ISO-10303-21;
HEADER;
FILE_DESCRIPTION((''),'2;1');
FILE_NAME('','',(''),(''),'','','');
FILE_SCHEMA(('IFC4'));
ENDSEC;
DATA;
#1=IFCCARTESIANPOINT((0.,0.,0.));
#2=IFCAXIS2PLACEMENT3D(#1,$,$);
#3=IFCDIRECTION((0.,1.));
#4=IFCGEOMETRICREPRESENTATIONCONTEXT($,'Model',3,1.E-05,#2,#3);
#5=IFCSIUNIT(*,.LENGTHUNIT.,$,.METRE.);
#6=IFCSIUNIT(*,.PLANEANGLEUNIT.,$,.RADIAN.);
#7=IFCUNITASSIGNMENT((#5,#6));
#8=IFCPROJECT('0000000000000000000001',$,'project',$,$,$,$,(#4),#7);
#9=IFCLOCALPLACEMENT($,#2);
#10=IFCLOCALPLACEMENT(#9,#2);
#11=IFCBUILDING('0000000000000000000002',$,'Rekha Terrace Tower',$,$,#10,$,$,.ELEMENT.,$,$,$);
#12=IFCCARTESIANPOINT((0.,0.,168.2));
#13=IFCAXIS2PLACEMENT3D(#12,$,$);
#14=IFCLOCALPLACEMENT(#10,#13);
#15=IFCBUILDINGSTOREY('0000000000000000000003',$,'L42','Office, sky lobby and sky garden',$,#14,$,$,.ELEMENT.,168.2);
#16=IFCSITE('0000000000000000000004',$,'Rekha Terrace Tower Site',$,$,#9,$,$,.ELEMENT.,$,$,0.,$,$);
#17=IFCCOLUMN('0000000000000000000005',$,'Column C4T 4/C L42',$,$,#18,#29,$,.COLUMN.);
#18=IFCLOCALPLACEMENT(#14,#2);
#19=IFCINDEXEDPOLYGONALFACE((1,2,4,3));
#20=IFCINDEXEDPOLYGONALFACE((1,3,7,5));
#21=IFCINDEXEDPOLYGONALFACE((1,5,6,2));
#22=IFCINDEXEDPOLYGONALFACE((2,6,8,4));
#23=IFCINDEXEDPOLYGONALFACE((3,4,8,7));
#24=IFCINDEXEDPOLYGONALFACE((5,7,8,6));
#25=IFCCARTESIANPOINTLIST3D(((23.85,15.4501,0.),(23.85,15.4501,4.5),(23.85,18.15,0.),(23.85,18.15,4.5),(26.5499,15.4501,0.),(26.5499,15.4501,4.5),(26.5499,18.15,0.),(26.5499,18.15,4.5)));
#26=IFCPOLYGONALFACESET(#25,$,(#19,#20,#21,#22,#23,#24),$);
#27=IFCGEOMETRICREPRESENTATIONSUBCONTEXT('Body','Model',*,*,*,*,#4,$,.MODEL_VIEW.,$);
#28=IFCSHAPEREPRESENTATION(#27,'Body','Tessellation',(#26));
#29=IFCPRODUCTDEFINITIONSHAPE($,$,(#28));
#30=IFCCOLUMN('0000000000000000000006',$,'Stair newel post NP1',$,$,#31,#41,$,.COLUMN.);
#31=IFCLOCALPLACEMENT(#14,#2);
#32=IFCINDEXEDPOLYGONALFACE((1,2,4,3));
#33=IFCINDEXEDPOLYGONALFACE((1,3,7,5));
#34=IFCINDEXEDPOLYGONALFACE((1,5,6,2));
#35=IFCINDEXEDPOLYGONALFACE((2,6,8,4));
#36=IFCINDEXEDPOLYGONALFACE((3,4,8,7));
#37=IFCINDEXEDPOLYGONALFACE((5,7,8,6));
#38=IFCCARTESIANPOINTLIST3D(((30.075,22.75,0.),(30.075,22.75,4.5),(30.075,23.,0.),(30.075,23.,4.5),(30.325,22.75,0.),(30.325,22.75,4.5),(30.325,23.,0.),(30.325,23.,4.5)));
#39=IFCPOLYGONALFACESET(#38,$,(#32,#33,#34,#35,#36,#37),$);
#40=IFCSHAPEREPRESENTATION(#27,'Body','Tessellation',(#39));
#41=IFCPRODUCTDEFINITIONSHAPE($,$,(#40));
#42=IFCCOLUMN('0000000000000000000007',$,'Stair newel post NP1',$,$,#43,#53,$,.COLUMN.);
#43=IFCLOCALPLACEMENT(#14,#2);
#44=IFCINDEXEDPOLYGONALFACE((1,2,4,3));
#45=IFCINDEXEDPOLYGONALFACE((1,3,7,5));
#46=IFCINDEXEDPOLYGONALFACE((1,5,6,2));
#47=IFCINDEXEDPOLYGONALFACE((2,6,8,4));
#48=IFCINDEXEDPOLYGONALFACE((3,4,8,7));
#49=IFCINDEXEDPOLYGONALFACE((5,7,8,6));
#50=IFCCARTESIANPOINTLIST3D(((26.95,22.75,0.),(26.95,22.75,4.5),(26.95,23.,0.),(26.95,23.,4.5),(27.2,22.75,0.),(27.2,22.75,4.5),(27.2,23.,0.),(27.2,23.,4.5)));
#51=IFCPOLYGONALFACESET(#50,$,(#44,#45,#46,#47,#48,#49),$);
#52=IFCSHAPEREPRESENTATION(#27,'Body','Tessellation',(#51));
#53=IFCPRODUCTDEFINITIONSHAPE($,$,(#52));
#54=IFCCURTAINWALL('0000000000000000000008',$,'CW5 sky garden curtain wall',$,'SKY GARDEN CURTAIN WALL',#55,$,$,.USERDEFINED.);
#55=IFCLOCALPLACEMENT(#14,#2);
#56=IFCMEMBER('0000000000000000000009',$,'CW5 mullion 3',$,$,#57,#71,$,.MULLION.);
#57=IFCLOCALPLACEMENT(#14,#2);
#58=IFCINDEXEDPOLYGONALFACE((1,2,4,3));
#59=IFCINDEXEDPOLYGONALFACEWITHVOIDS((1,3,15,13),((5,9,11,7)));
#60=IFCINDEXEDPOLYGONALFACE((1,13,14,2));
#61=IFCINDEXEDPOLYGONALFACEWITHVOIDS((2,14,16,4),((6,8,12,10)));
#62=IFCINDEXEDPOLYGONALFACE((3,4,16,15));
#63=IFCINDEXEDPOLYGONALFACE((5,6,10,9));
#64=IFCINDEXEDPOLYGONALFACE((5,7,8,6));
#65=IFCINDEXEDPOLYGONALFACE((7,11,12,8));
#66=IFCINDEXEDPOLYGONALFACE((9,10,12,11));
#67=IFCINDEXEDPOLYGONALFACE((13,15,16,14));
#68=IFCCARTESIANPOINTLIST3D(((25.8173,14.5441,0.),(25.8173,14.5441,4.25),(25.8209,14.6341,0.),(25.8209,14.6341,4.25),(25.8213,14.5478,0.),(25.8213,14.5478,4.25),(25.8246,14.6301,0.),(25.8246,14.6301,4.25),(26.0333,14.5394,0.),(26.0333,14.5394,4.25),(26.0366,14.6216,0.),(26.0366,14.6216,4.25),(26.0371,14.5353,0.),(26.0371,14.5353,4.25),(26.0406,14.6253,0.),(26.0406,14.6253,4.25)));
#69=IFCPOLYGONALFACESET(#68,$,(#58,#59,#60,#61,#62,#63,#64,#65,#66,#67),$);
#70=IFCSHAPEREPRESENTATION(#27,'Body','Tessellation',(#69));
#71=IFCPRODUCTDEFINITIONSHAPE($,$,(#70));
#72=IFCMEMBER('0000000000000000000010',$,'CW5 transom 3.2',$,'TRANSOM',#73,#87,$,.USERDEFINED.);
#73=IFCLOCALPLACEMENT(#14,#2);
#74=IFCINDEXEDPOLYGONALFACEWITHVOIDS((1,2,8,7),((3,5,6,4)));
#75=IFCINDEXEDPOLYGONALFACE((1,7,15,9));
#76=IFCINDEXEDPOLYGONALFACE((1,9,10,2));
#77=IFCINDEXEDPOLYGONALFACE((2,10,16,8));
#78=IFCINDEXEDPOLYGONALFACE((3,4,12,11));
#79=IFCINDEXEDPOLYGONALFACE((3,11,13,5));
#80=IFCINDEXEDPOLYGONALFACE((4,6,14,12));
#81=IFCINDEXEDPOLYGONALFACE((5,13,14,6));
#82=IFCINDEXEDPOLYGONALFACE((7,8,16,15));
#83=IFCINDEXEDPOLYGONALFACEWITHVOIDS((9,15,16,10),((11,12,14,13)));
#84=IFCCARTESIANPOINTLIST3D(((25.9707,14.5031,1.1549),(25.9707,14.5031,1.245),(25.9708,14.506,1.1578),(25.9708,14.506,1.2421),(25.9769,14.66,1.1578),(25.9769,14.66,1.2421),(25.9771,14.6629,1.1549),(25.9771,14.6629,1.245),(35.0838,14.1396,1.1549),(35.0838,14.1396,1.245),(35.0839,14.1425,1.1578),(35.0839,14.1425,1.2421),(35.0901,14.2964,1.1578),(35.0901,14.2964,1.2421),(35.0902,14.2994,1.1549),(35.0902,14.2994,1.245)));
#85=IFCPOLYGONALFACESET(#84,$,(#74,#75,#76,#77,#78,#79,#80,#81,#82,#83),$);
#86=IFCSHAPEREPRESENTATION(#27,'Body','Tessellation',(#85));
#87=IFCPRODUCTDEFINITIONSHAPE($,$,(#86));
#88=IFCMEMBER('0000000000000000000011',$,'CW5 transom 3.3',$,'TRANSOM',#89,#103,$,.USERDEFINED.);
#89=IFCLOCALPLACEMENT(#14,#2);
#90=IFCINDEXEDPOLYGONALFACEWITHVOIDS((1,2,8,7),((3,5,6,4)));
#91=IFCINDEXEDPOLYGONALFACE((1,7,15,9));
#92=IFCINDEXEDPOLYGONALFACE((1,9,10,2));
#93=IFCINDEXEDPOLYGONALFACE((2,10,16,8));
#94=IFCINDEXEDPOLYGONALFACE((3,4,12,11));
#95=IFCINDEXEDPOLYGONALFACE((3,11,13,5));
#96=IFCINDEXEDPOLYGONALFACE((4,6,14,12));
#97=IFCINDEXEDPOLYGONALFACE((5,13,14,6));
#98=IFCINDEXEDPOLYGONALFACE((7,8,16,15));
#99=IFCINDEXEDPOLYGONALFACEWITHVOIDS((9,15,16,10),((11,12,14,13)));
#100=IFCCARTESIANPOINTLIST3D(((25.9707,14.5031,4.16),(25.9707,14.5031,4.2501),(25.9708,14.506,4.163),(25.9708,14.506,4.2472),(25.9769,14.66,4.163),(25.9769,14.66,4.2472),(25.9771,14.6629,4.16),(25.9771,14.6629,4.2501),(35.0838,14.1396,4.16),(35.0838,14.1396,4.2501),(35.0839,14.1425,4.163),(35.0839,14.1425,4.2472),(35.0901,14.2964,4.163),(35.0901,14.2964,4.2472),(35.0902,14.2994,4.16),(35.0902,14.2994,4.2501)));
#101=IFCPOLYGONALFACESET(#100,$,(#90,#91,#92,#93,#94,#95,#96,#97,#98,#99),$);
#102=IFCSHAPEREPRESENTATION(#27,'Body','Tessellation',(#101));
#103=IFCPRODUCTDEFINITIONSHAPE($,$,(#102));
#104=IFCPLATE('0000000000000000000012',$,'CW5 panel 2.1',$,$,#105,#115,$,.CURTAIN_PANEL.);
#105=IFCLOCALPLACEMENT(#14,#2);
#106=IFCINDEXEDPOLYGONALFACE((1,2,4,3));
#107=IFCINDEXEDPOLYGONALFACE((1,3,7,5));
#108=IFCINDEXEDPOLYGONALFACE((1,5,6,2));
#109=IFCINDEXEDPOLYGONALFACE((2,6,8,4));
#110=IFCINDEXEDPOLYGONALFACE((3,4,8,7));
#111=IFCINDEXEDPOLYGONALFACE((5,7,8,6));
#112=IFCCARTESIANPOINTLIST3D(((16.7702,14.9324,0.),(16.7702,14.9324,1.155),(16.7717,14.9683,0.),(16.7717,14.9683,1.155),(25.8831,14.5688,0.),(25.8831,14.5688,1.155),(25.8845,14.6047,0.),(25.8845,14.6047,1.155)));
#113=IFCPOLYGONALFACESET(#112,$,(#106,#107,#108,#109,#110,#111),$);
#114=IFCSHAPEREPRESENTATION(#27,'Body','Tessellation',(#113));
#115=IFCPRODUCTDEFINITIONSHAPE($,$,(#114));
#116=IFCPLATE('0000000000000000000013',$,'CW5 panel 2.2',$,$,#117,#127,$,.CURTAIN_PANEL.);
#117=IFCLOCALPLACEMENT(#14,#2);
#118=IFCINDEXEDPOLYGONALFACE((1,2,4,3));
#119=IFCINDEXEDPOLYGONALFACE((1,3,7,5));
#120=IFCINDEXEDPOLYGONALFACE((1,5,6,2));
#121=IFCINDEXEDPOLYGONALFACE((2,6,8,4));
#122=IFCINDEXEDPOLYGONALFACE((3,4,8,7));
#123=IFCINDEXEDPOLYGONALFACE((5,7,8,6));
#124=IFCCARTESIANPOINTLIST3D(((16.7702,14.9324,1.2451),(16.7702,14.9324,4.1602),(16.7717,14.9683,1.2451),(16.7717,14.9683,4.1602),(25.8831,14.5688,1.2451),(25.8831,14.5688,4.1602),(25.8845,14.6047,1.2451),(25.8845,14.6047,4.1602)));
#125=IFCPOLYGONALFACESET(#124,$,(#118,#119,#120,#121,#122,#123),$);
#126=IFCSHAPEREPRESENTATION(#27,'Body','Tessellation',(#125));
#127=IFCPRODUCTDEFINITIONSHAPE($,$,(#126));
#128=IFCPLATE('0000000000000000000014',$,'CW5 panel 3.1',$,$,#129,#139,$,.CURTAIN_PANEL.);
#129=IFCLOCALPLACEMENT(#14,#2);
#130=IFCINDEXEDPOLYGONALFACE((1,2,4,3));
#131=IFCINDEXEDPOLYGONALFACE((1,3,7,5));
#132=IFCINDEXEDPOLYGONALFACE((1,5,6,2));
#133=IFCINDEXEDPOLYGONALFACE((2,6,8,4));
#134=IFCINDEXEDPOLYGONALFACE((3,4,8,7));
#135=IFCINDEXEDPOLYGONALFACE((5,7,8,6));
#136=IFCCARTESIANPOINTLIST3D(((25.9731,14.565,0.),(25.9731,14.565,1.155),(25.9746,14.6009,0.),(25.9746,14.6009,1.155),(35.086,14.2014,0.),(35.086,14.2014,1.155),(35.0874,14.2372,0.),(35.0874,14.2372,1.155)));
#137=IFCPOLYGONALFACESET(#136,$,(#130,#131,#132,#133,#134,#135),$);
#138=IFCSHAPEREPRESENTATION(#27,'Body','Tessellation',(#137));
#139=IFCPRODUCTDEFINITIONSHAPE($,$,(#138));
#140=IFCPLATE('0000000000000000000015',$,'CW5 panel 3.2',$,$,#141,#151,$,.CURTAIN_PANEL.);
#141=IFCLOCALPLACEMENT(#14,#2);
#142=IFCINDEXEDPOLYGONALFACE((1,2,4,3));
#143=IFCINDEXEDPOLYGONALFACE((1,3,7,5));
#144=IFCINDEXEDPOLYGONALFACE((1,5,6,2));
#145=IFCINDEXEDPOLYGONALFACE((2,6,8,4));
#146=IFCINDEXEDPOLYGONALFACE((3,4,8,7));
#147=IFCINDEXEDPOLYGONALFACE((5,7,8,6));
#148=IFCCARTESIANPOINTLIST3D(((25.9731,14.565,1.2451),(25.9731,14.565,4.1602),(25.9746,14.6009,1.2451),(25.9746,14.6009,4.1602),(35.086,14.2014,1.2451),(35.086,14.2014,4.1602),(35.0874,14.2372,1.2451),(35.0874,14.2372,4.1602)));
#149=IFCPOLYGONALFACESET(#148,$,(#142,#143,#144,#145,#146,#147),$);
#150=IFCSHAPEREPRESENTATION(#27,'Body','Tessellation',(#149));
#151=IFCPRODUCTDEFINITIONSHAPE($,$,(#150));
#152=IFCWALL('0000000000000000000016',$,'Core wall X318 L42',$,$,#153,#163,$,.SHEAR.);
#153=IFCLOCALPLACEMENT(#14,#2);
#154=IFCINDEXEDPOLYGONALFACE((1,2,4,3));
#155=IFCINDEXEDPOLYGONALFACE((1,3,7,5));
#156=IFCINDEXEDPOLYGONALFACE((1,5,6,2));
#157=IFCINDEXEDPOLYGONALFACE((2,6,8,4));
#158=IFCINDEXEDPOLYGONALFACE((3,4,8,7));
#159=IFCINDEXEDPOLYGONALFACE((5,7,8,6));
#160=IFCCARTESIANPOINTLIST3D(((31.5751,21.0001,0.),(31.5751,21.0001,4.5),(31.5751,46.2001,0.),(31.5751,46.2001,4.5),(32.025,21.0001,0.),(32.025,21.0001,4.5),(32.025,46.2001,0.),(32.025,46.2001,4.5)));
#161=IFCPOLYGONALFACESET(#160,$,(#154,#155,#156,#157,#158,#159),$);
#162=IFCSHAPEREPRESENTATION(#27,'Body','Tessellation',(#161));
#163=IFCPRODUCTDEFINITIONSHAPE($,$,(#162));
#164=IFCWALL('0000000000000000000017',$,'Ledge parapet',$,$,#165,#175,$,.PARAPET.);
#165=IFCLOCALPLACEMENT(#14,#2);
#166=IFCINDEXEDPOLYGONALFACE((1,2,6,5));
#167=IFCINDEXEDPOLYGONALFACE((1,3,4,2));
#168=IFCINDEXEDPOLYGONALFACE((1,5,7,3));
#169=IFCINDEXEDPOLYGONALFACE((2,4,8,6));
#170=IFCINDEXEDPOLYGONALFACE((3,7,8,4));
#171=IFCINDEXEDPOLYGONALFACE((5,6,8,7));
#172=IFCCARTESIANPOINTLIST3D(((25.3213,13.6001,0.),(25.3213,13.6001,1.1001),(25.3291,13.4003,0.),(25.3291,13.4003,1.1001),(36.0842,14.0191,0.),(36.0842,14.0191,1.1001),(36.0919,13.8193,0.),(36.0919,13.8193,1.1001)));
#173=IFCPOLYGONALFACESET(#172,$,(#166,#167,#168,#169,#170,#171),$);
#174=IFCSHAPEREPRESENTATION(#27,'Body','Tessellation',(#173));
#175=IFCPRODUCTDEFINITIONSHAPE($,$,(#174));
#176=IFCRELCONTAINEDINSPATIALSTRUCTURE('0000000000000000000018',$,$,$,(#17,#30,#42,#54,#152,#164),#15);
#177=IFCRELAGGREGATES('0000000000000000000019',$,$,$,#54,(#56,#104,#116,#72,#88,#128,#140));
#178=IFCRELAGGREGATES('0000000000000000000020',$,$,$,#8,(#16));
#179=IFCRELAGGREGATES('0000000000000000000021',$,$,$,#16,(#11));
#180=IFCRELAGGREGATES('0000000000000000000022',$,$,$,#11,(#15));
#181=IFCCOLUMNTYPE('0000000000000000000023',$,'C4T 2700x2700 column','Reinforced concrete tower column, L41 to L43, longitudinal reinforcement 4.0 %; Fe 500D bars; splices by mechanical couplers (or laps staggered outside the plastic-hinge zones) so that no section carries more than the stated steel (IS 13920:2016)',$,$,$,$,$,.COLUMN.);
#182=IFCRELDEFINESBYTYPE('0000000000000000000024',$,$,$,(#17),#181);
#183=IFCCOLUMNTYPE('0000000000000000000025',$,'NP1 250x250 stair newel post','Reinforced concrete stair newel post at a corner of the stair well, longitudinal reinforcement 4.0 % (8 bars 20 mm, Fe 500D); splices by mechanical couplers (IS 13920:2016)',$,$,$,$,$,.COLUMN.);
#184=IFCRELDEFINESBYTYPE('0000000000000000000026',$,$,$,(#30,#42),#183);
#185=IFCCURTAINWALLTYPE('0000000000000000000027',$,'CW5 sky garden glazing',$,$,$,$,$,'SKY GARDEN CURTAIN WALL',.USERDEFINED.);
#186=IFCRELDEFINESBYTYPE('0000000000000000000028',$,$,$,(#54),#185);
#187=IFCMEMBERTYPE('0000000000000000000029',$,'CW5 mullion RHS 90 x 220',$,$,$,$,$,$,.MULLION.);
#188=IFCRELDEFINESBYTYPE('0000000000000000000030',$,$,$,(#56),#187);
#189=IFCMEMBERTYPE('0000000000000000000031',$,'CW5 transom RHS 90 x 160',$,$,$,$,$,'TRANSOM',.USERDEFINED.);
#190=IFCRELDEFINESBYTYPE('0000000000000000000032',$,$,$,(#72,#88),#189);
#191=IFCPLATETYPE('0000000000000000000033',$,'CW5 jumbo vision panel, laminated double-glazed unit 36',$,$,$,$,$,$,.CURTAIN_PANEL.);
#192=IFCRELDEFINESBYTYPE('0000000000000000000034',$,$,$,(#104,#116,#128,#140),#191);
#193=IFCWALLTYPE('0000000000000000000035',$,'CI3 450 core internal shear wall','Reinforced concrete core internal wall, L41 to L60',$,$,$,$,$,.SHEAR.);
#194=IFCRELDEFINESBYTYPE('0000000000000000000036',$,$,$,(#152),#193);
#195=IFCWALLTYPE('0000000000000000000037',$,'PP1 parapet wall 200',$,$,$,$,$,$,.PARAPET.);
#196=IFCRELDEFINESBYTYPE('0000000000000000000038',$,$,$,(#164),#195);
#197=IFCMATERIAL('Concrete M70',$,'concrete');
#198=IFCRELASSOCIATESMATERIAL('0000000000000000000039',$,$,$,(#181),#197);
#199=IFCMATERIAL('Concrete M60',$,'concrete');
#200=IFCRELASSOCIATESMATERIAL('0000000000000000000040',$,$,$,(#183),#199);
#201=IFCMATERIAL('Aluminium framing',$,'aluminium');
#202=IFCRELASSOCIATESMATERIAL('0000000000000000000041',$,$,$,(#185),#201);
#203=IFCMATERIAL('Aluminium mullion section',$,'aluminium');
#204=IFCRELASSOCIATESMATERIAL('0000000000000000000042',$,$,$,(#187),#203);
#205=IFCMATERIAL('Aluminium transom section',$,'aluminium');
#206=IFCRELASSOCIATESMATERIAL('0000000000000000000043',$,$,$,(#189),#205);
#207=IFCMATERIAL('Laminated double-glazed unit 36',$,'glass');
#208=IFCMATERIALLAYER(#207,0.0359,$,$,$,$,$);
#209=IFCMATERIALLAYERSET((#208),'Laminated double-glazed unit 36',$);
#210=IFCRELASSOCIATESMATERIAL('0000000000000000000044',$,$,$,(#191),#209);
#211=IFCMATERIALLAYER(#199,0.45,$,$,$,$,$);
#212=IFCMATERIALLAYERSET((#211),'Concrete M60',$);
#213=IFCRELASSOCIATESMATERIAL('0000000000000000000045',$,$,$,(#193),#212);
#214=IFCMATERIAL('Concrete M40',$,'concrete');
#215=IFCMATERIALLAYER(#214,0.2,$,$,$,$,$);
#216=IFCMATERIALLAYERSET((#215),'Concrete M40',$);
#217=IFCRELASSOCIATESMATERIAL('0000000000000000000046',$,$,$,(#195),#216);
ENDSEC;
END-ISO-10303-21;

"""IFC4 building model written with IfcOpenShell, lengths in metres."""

from ifc_helpers import new_model, si_unit, direction, frame, frame_2d, origin, origin_2d, place, context, subcontext, project, spatial, rectangle, hollow_rectangle, extrude, material, layer, layer_set, material_profile, profile_set, type_object, element, aggregate, save


model = new_model("IFC4")

# Units and contexts
model_context = context("Model", 3, precision=1e-05, world=origin(), true_north=direction((0.0, 1.0)))
body_context = subcontext(model_context, "Body", "Model", "MODEL_VIEW")
ifc_project = project(units=[si_unit("LENGTHUNIT", "METRE"), si_unit("PLANEANGLEUNIT", "RADIAN")], contexts=[model_context])

# Site, building, storey
site_placement = place(None, origin())
site = spatial("IfcSite", under=ifc_project, at=site_placement, Name="Rekha Terrace Tower Site", CompositionType="ELEMENT", RefElevation=0.0)
building_placement = place(site_placement, origin())
building = spatial("IfcBuilding", under=site, at=building_placement, Name="Rekha Terrace Tower", CompositionType="ELEMENT")
storey_placement = place(building_placement, frame((0.0, 0.0, 168.2)))
storey = spatial("IfcBuildingStorey", under=building, at=storey_placement, Name="L42", Description="Office, sky lobby and sky garden", CompositionType="ELEMENT", Elevation=168.2)

# Columns
ifc_material_1 = material(Name="Concrete M70", Category="concrete")
ifc_material_profile_1 = material_profile(ifc_material_1, rectangle(XDim=2.7, YDim=2.7, at=origin_2d()), Name="RC 2700x2700")
ifc_profile_set_1 = profile_set([ifc_material_profile_1], Name="Concrete M70")
column_type_1 = type_object("IfcColumnType", Name="C4T 2700x2700 column", Description="Reinforced concrete tower column, L41 to L43, longitudinal reinforcement 4.0 %; Fe 500D bars; splices by mechanical couplers (or laps staggered outside the plastic-hinge zones) so that no section carries more than the stated steel (IS 13920:2016)", PredefinedType="COLUMN", material=ifc_profile_set_1)
column_placement = place(storey_placement, frame((25.2, 16.8, 0.0), z_axis=(0.0, 0.0, 1.0), x_axis=(1.0, 0.0, 0.0)))
element("IfcColumn", 1, at=column_placement, inside=storey, type_object=column_type_1, Name="Column C4T 4/C L42", PredefinedType="COLUMN", context=body_context, shape_type="SweptSolid", body=[
    extrude(rectangle(XDim=2.7, YDim=2.7, at=origin_2d()), origin(), (0.0, 0.0, 1.0), 4.5),
])
ifc_material_2 = material(Name="Concrete M60", Category="concrete")
ifc_material_profile_2 = material_profile(ifc_material_2, rectangle(XDim=0.25, YDim=0.25, at=origin_2d()), Name="RC 250x250")
ifc_profile_set_2 = profile_set([ifc_material_profile_2], Name="Concrete M60")
column_type_2 = type_object("IfcColumnType", Name="NP1 250x250 stair newel post", Description="Reinforced concrete stair newel post at a corner of the stair well, longitudinal reinforcement 4.0 % (8 bars 20 mm, Fe 500D); splices by mechanical couplers (IS 13920:2016)", PredefinedType="COLUMN", material=ifc_profile_set_2)
for number, where, z_axis, x_axis, name in (
    (2, (30.2, 22.875, 0.0), (0.0, 0.0, 1.0), (1.0, 0.0, 0.0), "Stair newel post NP1"),
    (3, (27.075, 22.875, 0.0), (0.0, 0.0, 1.0), (1.0, 0.0, 0.0), "Stair newel post NP1"),
):
    element("IfcColumn", number, at=place(storey_placement, frame(where, z_axis=z_axis, x_axis=x_axis)), inside=storey, type_object=column_type_2, Name=name, PredefinedType="COLUMN", context=body_context, shape_type="SweptSolid", body=[
        extrude(rectangle(XDim=0.25, YDim=0.25, at=origin_2d()), origin(), (0.0, 0.0, 1.0), 4.5),
    ])

# Curtain wall, members, plates
ifc_material_3 = material(Name="Aluminium framing", Category="aluminium")
curtain_wall_type = type_object("IfcCurtainWallType", Name="CW5 sky garden glazing", ElementType="SKY GARDEN CURTAIN WALL", PredefinedType="USERDEFINED", material=ifc_material_3)
curtain_wall_placement = place(storey_placement, origin())
curtain_wall = element("IfcCurtainWall", 4, at=curtain_wall_placement, inside=storey, type_object=curtain_wall_type, Name="CW5 sky garden curtain wall", ObjectType="SKY GARDEN CURTAIN WALL", PredefinedType="USERDEFINED")
ifc_material_4 = material(Name="Aluminium mullion section", Category="aluminium")
ifc_material_profile_3 = material_profile(ifc_material_4, hollow_rectangle(XDim=0.0901, YDim=0.22, WallThickness=0.0039, at=origin_2d()), Name="AL RHS 90x220")
ifc_profile_set_3 = profile_set([ifc_material_profile_3], Name="Aluminium mullion section")
member_type_1 = type_object("IfcMemberType", Name="CW5 mullion RHS 90 x 220", PredefinedType="MULLION", material=ifc_profile_set_3)
member_1_placement = place(storey_placement, frame((25.929, 14.5847, 0.0), z_axis=(0.0, 0.0, 1.0), x_axis=(0.039872, 0.999205, 0.0)))
member_1 = element("IfcMember", 5, at=member_1_placement, type_object=member_type_1, Name="CW5 mullion 3", PredefinedType="MULLION", context=body_context, shape_type="SweptSolid", body=[
    extrude(hollow_rectangle(XDim=0.0901, YDim=0.22, WallThickness=0.0039, at=origin_2d()), origin(), (0.0, 0.0, 1.0), 4.25),
])
ifc_material_5 = material(Name="Aluminium transom section", Category="aluminium")
ifc_material_profile_4 = material_profile(ifc_material_5, hollow_rectangle(XDim=0.1599, YDim=0.0901, WallThickness=0.0029, at=origin_2d()), Name="AL RHS 160x90")
ifc_profile_set_4 = profile_set([ifc_material_profile_4], Name="Aluminium transom section")
member_type_2 = type_object("IfcMemberType", Name="CW5 transom RHS 90 x 160", ElementType="TRANSOM", PredefinedType="USERDEFINED", material=ifc_profile_set_4)
member_2_placement = place(storey_placement, frame((25.9739, 14.583, 1.2), z_axis=(0.999205, -0.039859, 0.0), x_axis=(0.039859, 0.999205, 0.0)))
member_2 = element("IfcMember", 6, at=member_2_placement, type_object=member_type_2, Name="CW5 transom 3.2", ObjectType="TRANSOM", PredefinedType="USERDEFINED", context=body_context, shape_type="SweptSolid", body=[
    extrude(hollow_rectangle(XDim=0.1599, YDim=0.0901, WallThickness=0.0029, at=origin_2d()), origin(), (0.0, 0.0, 1.0), 9.1204),
])
member_3_placement = place(storey_placement, frame((25.9739, 14.583, 4.2051), z_axis=(0.999205, -0.039859, 0.0), x_axis=(0.039859, 0.999205, 0.0)))
member_3 = element("IfcMember", 7, at=member_3_placement, type_object=member_type_2, Name="CW5 transom 3.3", ObjectType="TRANSOM", PredefinedType="USERDEFINED", context=body_context, shape_type="SweptSolid", body=[
    extrude(hollow_rectangle(XDim=0.1599, YDim=0.0901, WallThickness=0.0029, at=origin_2d()), origin(), (0.0, 0.0, 1.0), 9.1204),
])
ifc_material_6 = material(Name="Laminated double-glazed unit 36", Category="glass")
ifc_layer_1 = layer(ifc_material_6, 0.0359)
ifc_layer_set_1 = layer_set([ifc_layer_1], Name="Laminated double-glazed unit 36")
plate_type = type_object("IfcPlateType", Name="CW5 jumbo vision panel, laminated double-glazed unit 36", PredefinedType="CURTAIN_PANEL", material=ifc_layer_set_1)
plate_1_placement = place(storey_placement, frame((21.3274, 14.7686, 0.0), z_axis=(0.0, 0.0, 1.0), x_axis=(0.999205, -0.039872, 0.0)))
plate_1 = element("IfcPlate", 8, at=plate_1_placement, type_object=plate_type, Name="CW5 panel 2.1", PredefinedType="CURTAIN_PANEL", context=body_context, shape_type="SweptSolid", body=[
    extrude(rectangle(XDim=9.1201, YDim=0.0359, at=origin_2d()), origin(), (0.0, 0.0, 1.0), 1.155),
])
plate_2_placement = place(storey_placement, frame((21.3274, 14.7686, 1.2451), z_axis=(0.0, 0.0, 1.0), x_axis=(0.999205, -0.039872, 0.0)))
plate_2 = element("IfcPlate", 9, at=plate_2_placement, type_object=plate_type, Name="CW5 panel 2.2", PredefinedType="CURTAIN_PANEL", context=body_context, shape_type="SweptSolid", body=[
    extrude(rectangle(XDim=9.1201, YDim=0.0359, at=origin_2d()), origin(), (0.0, 0.0, 1.0), 2.915),
])
plate_3_placement = place(storey_placement, frame((30.5303, 14.4011, 0.0), z_axis=(0.0, 0.0, 1.0), x_axis=(0.999205, -0.039872, 0.0)))
plate_3 = element("IfcPlate", 10, at=plate_3_placement, type_object=plate_type, Name="CW5 panel 3.1", PredefinedType="CURTAIN_PANEL", context=body_context, shape_type="SweptSolid", body=[
    extrude(rectangle(XDim=9.1201, YDim=0.0359, at=origin_2d()), origin(), (0.0, 0.0, 1.0), 1.155),
])
plate_4_placement = place(storey_placement, frame((30.5303, 14.4011, 1.2451), z_axis=(0.0, 0.0, 1.0), x_axis=(0.999205, -0.039872, 0.0)))
plate_4 = element("IfcPlate", 11, at=plate_4_placement, type_object=plate_type, Name="CW5 panel 3.2", PredefinedType="CURTAIN_PANEL", context=body_context, shape_type="SweptSolid", body=[
    extrude(rectangle(XDim=9.1201, YDim=0.0359, at=origin_2d()), origin(), (0.0, 0.0, 1.0), 2.915),
])
aggregate(curtain_wall, [member_1, plate_1, plate_2, member_2, member_3, plate_3, plate_4])

# Walls
ifc_layer_2 = layer(ifc_material_2, 0.45)
ifc_layer_set_2 = layer_set([ifc_layer_2], Name="Concrete M60")
wall_type_1 = type_object("IfcWallType", Name="CI3 450 core internal shear wall", Description="Reinforced concrete core internal wall, L41 to L60", PredefinedType="SHEAR", material=ifc_layer_set_2)
wall_1_placement = place(storey_placement, frame((31.8, 21.0, 0.0), z_axis=(0.0, 0.0, 1.0), x_axis=(0.0, 1.0, 0.0)))
element("IfcWall", 12, at=wall_1_placement, inside=storey, type_object=wall_type_1, Name="Core wall X318 L42", PredefinedType="SHEAR", context=body_context, shape_type="SweptSolid", body=[
    extrude(rectangle(XDim=25.2, YDim=0.45, at=frame_2d((12.6001, 0.0))), origin(), (0.0, 0.0, 1.0), 4.5),
])
ifc_material_7 = material(Name="Concrete M40", Category="concrete")
ifc_layer_3 = layer(ifc_material_7, 0.2)
ifc_layer_set_3 = layer_set([ifc_layer_3], Name="Concrete M40")
wall_type_2 = type_object("IfcWallType", Name="PP1 parapet wall 200", PredefinedType="PARAPET", material=ifc_layer_set_3)
wall_2_placement = place(storey_placement, frame((25.3252, 13.5002, 0.0), z_axis=(0.0, 0.0, 1.0), x_axis=(0.999243, 0.038895, 0.0)))
element("IfcWall", 13, at=wall_2_placement, inside=storey, type_object=wall_type_2, Name="Ledge parapet", PredefinedType="PARAPET", context=body_context, shape_type="SweptSolid", body=[
    extrude(rectangle(XDim=10.771, YDim=0.2, at=frame_2d((5.3855, 0.0))), origin(), (0.0, 0.0, 1.0), 1.1001),
])

save(model, "model.ifc")
